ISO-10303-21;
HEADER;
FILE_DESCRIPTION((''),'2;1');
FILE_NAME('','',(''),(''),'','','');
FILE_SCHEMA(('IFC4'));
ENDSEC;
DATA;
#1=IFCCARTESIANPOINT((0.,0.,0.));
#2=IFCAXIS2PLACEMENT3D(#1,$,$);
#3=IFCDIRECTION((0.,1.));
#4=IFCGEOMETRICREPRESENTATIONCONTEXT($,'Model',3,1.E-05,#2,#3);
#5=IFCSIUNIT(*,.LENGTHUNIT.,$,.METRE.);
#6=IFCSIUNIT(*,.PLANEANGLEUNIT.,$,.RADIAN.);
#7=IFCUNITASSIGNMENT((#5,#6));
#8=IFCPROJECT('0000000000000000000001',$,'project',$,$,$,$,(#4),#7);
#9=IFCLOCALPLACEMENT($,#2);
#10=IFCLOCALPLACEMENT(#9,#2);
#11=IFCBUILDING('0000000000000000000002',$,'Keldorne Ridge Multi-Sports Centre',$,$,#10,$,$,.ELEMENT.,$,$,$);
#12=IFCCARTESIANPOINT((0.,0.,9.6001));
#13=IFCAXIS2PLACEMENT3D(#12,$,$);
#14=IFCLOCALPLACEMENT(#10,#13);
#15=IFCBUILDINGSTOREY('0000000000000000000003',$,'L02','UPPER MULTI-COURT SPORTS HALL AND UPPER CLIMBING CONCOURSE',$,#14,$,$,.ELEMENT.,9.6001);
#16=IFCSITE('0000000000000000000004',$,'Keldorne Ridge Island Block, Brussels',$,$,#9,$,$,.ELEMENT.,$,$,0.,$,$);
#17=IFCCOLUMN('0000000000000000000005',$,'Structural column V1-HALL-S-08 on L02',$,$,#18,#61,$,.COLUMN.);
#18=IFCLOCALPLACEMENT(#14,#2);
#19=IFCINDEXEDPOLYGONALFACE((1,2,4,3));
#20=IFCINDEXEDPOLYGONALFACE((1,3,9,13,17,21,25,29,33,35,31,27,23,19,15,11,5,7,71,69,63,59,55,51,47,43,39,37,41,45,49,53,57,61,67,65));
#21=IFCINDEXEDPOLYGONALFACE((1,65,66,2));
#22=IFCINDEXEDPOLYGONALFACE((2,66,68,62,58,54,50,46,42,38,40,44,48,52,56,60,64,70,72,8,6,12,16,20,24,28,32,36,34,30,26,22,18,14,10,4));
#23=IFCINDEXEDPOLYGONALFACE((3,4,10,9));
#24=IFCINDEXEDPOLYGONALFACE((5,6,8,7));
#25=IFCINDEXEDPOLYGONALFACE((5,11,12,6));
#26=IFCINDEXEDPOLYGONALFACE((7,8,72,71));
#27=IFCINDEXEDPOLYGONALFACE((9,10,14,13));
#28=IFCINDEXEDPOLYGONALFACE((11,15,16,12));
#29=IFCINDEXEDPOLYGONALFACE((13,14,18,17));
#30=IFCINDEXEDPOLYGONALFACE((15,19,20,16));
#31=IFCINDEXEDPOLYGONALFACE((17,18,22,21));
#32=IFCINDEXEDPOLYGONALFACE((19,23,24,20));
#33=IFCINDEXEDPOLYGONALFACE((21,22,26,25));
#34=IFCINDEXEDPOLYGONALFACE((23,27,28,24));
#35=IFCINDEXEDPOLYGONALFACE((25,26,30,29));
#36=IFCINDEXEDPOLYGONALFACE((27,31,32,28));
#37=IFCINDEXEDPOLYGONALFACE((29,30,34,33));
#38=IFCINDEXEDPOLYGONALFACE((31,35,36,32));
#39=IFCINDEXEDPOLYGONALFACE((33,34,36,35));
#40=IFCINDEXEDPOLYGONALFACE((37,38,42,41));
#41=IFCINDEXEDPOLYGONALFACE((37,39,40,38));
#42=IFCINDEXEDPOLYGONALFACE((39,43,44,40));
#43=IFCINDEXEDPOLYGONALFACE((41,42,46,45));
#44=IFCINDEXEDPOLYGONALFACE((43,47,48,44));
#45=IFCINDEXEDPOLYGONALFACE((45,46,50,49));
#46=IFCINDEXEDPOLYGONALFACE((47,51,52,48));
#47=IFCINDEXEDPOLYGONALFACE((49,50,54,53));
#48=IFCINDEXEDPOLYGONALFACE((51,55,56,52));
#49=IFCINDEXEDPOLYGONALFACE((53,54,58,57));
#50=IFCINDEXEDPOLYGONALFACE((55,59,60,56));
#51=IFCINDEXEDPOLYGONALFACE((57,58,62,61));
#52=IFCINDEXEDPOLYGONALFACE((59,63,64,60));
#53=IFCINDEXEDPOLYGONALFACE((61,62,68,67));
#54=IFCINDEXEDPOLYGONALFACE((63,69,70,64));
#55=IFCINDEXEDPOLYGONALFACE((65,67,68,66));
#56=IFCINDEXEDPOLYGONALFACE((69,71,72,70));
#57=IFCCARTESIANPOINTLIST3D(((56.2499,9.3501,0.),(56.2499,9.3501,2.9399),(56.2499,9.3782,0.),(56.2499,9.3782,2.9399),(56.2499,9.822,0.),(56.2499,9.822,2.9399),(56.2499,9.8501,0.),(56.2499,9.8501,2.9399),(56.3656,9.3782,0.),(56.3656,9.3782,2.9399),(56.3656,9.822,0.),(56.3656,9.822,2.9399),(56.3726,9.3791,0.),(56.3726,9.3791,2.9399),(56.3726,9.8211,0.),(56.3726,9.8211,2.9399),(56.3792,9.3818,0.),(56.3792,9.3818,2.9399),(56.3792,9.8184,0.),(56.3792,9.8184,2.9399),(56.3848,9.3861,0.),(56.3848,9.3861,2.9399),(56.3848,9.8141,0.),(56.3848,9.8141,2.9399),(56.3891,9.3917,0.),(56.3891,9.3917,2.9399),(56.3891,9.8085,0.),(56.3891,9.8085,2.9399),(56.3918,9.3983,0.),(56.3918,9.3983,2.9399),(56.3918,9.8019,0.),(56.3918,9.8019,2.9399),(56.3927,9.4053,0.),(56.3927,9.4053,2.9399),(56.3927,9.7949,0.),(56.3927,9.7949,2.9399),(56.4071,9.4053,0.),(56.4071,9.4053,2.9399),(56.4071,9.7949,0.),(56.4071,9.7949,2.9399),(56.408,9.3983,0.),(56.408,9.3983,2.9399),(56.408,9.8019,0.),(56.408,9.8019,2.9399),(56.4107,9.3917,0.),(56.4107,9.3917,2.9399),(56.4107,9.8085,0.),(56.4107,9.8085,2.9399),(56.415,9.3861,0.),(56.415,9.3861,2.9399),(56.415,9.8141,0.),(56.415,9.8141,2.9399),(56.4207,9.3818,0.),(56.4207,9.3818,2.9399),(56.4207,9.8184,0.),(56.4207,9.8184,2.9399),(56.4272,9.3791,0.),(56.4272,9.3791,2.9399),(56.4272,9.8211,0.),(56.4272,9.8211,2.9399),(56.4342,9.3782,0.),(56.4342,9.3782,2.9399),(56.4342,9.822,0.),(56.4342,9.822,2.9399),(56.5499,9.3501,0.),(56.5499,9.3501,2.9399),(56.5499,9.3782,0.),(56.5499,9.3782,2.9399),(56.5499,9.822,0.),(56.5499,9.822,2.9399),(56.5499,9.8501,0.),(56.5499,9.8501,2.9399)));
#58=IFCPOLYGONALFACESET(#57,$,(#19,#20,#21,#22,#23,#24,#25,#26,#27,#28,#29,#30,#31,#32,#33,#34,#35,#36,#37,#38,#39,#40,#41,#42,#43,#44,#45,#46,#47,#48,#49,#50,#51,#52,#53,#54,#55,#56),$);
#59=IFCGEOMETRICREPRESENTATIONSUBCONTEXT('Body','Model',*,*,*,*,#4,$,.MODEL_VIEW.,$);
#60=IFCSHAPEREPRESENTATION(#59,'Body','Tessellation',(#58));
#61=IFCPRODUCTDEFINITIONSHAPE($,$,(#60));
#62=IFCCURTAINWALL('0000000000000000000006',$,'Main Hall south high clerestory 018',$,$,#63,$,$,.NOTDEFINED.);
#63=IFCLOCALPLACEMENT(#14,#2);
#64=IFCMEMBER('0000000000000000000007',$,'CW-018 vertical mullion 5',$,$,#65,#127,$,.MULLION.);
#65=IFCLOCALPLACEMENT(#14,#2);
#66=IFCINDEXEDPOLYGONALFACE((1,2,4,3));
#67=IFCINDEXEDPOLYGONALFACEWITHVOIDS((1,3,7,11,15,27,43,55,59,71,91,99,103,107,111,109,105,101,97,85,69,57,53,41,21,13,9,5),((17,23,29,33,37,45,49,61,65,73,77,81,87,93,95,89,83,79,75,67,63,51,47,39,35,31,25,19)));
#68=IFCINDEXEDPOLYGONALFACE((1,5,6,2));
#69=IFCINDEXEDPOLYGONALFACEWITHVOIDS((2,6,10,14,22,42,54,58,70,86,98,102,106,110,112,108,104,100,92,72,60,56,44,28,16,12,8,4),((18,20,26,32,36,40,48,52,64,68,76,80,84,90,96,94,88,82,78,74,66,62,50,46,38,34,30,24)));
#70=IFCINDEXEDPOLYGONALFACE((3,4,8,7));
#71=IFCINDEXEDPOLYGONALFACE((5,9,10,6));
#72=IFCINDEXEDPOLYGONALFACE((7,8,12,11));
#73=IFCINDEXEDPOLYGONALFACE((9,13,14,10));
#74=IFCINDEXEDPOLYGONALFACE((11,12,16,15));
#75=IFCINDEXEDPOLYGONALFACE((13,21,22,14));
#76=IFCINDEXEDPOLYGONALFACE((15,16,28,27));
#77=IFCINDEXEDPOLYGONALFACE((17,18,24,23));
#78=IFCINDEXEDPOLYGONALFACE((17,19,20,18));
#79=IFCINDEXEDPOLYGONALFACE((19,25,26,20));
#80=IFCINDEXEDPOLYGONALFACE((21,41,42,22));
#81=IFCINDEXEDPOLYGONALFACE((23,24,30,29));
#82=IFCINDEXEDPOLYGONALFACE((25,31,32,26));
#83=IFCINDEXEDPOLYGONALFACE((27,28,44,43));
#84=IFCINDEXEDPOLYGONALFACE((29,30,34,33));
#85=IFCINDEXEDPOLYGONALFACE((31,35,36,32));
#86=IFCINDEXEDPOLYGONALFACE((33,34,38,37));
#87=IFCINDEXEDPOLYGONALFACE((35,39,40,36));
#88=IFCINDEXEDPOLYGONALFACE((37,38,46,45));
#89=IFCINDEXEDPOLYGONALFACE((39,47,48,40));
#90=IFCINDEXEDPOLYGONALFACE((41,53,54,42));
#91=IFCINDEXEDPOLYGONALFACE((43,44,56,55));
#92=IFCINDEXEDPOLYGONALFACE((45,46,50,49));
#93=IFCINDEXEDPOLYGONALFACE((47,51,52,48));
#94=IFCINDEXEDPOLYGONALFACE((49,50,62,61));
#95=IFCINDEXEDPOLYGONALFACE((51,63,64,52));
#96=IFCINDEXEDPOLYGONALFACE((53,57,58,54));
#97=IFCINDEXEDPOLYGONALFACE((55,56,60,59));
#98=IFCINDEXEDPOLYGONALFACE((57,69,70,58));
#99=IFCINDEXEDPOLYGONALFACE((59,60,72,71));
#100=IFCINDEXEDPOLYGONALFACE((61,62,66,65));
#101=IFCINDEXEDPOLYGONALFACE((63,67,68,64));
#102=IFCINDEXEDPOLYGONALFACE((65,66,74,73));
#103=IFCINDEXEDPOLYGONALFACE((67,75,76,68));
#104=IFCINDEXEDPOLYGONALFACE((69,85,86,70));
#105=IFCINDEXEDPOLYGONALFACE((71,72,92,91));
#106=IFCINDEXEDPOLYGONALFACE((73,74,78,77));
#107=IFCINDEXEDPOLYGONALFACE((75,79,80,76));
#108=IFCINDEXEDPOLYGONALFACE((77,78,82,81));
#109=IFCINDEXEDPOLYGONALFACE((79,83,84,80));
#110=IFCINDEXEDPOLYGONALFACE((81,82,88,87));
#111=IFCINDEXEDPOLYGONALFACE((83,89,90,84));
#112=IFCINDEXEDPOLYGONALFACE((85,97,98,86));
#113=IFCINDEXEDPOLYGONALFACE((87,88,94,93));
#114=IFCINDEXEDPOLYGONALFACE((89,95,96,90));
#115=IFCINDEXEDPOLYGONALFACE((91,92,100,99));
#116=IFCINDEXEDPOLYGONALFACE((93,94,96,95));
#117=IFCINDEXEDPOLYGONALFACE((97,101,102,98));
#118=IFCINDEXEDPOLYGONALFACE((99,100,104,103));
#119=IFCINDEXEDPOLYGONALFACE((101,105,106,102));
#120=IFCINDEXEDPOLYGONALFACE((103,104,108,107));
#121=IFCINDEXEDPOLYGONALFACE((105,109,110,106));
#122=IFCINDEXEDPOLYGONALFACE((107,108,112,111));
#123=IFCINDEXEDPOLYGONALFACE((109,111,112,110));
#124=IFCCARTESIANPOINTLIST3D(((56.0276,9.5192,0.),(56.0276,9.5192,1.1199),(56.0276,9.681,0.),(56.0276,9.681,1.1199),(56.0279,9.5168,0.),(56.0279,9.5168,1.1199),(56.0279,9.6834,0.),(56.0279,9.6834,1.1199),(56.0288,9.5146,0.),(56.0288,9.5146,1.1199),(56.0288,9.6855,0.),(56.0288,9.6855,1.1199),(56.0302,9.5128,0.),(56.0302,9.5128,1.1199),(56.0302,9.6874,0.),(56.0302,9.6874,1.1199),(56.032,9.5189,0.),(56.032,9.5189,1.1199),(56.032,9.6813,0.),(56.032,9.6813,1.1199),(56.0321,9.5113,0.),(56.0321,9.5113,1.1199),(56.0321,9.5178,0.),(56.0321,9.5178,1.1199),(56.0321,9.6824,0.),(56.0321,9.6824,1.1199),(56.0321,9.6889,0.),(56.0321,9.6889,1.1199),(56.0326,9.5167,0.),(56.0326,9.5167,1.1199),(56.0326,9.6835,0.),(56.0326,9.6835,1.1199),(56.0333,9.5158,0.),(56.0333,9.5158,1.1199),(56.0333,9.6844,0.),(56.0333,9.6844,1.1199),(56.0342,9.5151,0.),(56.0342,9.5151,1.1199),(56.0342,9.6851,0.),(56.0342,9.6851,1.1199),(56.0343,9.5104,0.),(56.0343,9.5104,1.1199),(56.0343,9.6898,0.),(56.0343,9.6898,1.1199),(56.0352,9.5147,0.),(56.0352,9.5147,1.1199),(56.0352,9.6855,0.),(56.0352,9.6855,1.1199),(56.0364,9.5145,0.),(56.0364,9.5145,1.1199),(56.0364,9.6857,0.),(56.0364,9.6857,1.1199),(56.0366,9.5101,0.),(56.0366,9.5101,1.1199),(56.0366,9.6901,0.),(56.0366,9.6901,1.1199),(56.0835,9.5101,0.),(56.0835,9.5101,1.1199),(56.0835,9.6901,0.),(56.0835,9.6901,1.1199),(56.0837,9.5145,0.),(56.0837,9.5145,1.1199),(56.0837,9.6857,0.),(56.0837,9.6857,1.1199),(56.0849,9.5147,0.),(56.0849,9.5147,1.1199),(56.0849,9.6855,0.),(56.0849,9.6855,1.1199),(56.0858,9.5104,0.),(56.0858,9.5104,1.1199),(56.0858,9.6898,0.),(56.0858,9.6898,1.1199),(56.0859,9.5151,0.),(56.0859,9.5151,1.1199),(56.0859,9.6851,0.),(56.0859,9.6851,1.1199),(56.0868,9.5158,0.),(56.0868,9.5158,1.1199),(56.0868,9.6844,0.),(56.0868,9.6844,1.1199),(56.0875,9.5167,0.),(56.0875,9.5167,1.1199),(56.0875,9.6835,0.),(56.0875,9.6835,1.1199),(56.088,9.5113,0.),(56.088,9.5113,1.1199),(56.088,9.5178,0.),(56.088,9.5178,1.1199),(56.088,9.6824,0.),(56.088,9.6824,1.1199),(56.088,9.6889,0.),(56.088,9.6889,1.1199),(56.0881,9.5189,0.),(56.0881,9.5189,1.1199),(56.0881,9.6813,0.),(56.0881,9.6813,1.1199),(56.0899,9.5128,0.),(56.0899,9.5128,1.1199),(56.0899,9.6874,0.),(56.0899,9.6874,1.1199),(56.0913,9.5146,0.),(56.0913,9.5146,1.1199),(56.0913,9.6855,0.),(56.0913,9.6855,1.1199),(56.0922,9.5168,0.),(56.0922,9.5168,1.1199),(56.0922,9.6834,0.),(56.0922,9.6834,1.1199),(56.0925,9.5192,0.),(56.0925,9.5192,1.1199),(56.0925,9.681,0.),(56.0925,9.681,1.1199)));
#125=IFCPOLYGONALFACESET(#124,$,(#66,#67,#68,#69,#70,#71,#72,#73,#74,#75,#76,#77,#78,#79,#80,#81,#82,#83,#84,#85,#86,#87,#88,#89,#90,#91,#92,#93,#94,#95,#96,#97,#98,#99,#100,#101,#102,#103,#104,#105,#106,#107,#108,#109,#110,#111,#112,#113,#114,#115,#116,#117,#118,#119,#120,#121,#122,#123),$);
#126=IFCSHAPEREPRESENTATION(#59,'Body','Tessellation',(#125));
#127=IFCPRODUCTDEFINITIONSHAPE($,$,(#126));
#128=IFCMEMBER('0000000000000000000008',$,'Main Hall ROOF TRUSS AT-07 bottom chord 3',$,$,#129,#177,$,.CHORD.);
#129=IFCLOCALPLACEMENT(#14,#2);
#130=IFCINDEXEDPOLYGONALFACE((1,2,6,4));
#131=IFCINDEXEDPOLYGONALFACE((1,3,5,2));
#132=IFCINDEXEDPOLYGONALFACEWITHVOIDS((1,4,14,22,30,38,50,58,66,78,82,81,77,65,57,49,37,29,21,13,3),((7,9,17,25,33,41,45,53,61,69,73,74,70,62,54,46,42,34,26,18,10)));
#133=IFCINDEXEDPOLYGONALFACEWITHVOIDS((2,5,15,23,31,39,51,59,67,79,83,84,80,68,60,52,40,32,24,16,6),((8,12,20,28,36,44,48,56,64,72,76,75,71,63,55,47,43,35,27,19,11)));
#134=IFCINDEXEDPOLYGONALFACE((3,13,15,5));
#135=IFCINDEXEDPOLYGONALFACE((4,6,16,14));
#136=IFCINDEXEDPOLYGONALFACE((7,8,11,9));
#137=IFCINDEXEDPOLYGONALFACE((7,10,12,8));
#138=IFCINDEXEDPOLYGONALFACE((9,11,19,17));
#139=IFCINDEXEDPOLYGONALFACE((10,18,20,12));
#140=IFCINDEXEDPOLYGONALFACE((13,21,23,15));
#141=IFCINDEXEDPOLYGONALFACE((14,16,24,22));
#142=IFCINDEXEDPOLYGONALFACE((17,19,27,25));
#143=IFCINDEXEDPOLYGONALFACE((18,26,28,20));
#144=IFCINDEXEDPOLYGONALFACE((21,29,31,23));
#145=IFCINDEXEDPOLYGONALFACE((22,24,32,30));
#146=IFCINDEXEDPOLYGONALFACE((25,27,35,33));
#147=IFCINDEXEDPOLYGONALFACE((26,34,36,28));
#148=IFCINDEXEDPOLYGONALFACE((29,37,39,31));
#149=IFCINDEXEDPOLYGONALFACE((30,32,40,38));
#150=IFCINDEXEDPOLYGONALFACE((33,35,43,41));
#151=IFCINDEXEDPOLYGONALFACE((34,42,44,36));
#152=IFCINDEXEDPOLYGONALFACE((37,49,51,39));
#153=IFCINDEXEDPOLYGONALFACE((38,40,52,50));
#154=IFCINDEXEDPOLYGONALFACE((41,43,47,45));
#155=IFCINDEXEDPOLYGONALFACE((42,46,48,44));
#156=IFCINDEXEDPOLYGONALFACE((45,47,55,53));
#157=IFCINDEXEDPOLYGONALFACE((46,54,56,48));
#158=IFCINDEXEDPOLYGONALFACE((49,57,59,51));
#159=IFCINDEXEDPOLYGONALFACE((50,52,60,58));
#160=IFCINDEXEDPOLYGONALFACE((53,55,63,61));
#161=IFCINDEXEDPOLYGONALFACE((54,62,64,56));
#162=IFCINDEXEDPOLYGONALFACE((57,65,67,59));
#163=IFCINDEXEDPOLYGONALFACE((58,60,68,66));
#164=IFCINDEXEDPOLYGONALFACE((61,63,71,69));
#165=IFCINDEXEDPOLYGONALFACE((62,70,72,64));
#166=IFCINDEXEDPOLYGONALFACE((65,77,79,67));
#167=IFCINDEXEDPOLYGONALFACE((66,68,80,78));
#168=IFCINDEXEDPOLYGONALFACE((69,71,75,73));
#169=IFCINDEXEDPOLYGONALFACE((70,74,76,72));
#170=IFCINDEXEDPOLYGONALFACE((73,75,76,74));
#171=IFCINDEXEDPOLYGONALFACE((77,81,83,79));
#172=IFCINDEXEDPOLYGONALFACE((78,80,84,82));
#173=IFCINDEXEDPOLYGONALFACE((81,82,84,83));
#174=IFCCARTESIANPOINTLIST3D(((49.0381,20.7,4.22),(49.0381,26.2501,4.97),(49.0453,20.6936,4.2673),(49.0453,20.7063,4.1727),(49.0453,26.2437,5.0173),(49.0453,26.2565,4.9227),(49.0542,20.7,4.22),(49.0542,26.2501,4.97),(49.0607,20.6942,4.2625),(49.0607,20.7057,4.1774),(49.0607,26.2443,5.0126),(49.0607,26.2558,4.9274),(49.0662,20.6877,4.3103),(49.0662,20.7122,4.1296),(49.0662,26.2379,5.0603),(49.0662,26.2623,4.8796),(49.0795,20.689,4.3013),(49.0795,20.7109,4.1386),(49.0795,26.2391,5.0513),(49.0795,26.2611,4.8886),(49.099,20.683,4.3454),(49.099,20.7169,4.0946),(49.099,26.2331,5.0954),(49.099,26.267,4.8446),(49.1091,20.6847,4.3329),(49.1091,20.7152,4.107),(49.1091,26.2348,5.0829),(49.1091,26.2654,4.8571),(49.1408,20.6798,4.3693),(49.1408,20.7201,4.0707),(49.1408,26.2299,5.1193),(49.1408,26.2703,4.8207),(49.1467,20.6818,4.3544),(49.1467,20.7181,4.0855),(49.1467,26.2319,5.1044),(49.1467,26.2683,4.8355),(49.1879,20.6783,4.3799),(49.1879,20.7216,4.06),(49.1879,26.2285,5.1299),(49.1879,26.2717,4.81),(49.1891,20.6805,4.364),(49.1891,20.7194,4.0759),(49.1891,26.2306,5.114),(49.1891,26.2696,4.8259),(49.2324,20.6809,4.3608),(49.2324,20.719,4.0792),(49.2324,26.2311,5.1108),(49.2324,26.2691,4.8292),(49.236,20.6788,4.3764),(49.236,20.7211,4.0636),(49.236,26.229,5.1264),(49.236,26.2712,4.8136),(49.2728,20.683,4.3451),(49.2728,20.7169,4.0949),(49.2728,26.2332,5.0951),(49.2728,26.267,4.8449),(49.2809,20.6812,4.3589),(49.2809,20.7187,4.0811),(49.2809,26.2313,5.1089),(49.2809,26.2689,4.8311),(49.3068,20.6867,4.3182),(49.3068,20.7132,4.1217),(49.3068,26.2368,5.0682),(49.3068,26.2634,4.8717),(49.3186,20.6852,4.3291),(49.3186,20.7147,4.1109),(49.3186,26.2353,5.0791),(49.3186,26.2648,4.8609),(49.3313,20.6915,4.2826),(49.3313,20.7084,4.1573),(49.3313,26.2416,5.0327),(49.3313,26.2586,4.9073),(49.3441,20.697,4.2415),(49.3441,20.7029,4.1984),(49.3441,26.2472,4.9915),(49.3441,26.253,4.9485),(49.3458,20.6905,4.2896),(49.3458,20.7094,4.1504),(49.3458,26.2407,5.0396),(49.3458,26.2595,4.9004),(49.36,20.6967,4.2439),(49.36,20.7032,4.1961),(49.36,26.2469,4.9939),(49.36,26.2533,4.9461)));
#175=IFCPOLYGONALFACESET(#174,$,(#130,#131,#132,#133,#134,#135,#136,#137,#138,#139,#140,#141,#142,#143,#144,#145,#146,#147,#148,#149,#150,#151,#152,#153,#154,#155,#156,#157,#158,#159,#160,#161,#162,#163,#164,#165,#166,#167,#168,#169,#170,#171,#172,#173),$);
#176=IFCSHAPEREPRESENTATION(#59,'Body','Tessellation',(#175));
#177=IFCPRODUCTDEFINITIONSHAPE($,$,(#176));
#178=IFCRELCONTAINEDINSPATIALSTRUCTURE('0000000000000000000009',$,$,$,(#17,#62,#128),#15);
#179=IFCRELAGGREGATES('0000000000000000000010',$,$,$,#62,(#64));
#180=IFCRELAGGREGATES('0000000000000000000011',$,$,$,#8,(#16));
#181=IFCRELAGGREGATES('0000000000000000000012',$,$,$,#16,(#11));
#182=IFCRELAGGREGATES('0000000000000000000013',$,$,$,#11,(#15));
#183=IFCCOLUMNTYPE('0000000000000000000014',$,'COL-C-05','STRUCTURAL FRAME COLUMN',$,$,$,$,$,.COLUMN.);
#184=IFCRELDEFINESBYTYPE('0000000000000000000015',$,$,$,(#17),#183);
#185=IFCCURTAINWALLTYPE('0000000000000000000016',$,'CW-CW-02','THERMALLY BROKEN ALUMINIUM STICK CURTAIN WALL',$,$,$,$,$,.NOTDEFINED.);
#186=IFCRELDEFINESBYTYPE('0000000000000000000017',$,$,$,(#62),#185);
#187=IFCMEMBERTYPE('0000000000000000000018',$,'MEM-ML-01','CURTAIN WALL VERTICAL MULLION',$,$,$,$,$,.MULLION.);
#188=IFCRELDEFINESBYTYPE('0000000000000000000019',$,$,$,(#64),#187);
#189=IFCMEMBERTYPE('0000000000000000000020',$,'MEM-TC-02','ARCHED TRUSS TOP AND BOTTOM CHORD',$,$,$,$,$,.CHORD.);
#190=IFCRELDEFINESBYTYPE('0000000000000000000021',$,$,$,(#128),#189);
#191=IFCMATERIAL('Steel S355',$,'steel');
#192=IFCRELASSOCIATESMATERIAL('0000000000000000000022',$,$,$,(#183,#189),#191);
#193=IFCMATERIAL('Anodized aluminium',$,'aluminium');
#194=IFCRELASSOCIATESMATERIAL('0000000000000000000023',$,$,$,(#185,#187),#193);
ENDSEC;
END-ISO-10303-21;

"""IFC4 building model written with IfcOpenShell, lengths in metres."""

from ifc_helpers import new_model, si_unit, direction, frame, origin, origin_2d, place, context, subcontext, project, spatial, hollow_rectangle, hollow_circle, i_section, extrude, material, material_profile, profile_set, type_object, element, aggregate, save


model = new_model("IFC4")

# Units and contexts
model_context = context("Model", 3, precision=1e-05, world=origin(), true_north=direction((0.0, 1.0)))
body_context = subcontext(model_context, "Body", "Model", "MODEL_VIEW")
ifc_project = project(units=[si_unit("LENGTHUNIT", "METRE"), si_unit("PLANEANGLEUNIT", "RADIAN")], contexts=[model_context])

# Site, building, storey
site_placement = place(None, origin())
site = spatial("IfcSite", under=ifc_project, at=site_placement, Name="Keldorne Ridge Island Block, Brussels", CompositionType="ELEMENT", RefElevation=0.0)
building_placement = place(site_placement, origin())
building = spatial("IfcBuilding", under=site, at=building_placement, Name="Keldorne Ridge Multi-Sports Centre", CompositionType="ELEMENT")
storey_placement = place(building_placement, frame((0.0, 0.0, 9.6001)))
storey = spatial("IfcBuildingStorey", under=building, at=storey_placement, Name="L02", Description="UPPER MULTI-COURT SPORTS HALL AND UPPER CLIMBING CONCOURSE", CompositionType="ELEMENT", Elevation=9.6001)

# Column
ifc_material_1 = material(Name="Steel S355", Category="steel")
ifc_material_profile_1 = material_profile(ifc_material_1, i_section(OverallWidth=0.3, OverallDepth=0.5, WebThickness=0.0144, FlangeThickness=0.0281, FilletRadius=0.0271, at=origin_2d()), Name="HEB 500")
ifc_profile_set_1 = profile_set([ifc_material_profile_1], Name="Steel S355")
column_type = type_object("IfcColumnType", Name="COL-C-05", Description="STRUCTURAL FRAME COLUMN", PredefinedType="COLUMN", material=ifc_profile_set_1)
column_placement = place(storey_placement, frame((56.3999, 9.6001, 0.0), z_axis=(0.0, 0.0, 1.0), x_axis=(1.0, 0.0, 0.0)))
element("IfcColumn", 1, at=column_placement, inside=storey, type_object=column_type, Name="Structural column V1-HALL-S-08 on L02", PredefinedType="COLUMN", context=body_context, shape_type="SweptSolid", body=[
    extrude(i_section(OverallWidth=0.3, OverallDepth=0.5, WebThickness=0.0144, FlangeThickness=0.0281, FilletRadius=0.0271, at=origin_2d()), origin(), (0.0, 0.0, 1.0), 2.9399),
])

# Curtain wall, member
ifc_material_2 = material(Name="Anodized aluminium", Category="aluminium")
curtain_wall_type = type_object("IfcCurtainWallType", Name="CW-CW-02", Description="THERMALLY BROKEN ALUMINIUM STICK CURTAIN WALL", PredefinedType="NOTDEFINED", material=ifc_material_2)
curtain_wall_placement = place(storey_placement, origin())
curtain_wall = element("IfcCurtainWall", 2, at=curtain_wall_placement, inside=storey, type_object=curtain_wall_type, Name="Main Hall south high clerestory 018", PredefinedType="NOTDEFINED")
ifc_material_profile_2 = material_profile(ifc_material_2, hollow_rectangle(XDim=0.0649, YDim=0.1799, WallThickness=0.0044, InnerFilletRadius=0.0044, OuterFilletRadius=0.009, at=origin_2d()), Name="ALU MULLION 180x65x4.5")
ifc_profile_set_2 = profile_set([ifc_material_profile_2], Name="Anodized aluminium")
member_type_1 = type_object("IfcMemberType", Name="MEM-ML-01", Description="CURTAIN WALL VERTICAL MULLION", PredefinedType="MULLION", material=ifc_profile_set_2)
member_1_placement = place(storey_placement, frame((56.0601, 9.6001, 0.0), z_axis=(0.0, 0.0, 1.0), x_axis=(1.0, 0.0, 0.0)))
member_1 = element("IfcMember", 3, at=member_1_placement, type_object=member_type_1, Name="CW-018 vertical mullion 5", PredefinedType="MULLION", context=body_context, shape_type="SweptSolid", body=[
    extrude(hollow_rectangle(XDim=0.0649, YDim=0.1799, WallThickness=0.0044, InnerFilletRadius=0.0044, OuterFilletRadius=0.009, at=origin_2d()), origin(), (0.0, 0.0, 1.0), 1.1199),
])

# Member
ifc_material_profile_3 = material_profile(ifc_material_1, hollow_circle(Radius=0.1619, WallThickness=0.0161, at=origin_2d()), Name="CHS 323.9x16")
ifc_profile_set_3 = profile_set([ifc_material_profile_3], Name="Steel S355")
member_type_2 = type_object("IfcMemberType", Name="MEM-TC-02", Description="ARCHED TRUSS TOP AND BOTTOM CHORD", PredefinedType="CHORD", material=ifc_profile_set_3)
member_2_placement = place(storey_placement, frame((49.2, 20.7, 4.22), z_axis=(0.0, 0.990993, 0.133917), x_axis=(-1.0, 0.0, 0.0)))
element("IfcMember", 4, at=member_2_placement, inside=storey, type_object=member_type_2, Name="Main Hall ROOF TRUSS AT-07 bottom chord 3", PredefinedType="CHORD", context=body_context, shape_type="SweptSolid", body=[
    extrude(hollow_circle(Radius=0.1619, WallThickness=0.0161, at=origin_2d()), origin(), (0.0, 0.0, 1.0), 5.6006),
])

aggregate(curtain_wall, [member_1])

save(model, "model.ifc")
